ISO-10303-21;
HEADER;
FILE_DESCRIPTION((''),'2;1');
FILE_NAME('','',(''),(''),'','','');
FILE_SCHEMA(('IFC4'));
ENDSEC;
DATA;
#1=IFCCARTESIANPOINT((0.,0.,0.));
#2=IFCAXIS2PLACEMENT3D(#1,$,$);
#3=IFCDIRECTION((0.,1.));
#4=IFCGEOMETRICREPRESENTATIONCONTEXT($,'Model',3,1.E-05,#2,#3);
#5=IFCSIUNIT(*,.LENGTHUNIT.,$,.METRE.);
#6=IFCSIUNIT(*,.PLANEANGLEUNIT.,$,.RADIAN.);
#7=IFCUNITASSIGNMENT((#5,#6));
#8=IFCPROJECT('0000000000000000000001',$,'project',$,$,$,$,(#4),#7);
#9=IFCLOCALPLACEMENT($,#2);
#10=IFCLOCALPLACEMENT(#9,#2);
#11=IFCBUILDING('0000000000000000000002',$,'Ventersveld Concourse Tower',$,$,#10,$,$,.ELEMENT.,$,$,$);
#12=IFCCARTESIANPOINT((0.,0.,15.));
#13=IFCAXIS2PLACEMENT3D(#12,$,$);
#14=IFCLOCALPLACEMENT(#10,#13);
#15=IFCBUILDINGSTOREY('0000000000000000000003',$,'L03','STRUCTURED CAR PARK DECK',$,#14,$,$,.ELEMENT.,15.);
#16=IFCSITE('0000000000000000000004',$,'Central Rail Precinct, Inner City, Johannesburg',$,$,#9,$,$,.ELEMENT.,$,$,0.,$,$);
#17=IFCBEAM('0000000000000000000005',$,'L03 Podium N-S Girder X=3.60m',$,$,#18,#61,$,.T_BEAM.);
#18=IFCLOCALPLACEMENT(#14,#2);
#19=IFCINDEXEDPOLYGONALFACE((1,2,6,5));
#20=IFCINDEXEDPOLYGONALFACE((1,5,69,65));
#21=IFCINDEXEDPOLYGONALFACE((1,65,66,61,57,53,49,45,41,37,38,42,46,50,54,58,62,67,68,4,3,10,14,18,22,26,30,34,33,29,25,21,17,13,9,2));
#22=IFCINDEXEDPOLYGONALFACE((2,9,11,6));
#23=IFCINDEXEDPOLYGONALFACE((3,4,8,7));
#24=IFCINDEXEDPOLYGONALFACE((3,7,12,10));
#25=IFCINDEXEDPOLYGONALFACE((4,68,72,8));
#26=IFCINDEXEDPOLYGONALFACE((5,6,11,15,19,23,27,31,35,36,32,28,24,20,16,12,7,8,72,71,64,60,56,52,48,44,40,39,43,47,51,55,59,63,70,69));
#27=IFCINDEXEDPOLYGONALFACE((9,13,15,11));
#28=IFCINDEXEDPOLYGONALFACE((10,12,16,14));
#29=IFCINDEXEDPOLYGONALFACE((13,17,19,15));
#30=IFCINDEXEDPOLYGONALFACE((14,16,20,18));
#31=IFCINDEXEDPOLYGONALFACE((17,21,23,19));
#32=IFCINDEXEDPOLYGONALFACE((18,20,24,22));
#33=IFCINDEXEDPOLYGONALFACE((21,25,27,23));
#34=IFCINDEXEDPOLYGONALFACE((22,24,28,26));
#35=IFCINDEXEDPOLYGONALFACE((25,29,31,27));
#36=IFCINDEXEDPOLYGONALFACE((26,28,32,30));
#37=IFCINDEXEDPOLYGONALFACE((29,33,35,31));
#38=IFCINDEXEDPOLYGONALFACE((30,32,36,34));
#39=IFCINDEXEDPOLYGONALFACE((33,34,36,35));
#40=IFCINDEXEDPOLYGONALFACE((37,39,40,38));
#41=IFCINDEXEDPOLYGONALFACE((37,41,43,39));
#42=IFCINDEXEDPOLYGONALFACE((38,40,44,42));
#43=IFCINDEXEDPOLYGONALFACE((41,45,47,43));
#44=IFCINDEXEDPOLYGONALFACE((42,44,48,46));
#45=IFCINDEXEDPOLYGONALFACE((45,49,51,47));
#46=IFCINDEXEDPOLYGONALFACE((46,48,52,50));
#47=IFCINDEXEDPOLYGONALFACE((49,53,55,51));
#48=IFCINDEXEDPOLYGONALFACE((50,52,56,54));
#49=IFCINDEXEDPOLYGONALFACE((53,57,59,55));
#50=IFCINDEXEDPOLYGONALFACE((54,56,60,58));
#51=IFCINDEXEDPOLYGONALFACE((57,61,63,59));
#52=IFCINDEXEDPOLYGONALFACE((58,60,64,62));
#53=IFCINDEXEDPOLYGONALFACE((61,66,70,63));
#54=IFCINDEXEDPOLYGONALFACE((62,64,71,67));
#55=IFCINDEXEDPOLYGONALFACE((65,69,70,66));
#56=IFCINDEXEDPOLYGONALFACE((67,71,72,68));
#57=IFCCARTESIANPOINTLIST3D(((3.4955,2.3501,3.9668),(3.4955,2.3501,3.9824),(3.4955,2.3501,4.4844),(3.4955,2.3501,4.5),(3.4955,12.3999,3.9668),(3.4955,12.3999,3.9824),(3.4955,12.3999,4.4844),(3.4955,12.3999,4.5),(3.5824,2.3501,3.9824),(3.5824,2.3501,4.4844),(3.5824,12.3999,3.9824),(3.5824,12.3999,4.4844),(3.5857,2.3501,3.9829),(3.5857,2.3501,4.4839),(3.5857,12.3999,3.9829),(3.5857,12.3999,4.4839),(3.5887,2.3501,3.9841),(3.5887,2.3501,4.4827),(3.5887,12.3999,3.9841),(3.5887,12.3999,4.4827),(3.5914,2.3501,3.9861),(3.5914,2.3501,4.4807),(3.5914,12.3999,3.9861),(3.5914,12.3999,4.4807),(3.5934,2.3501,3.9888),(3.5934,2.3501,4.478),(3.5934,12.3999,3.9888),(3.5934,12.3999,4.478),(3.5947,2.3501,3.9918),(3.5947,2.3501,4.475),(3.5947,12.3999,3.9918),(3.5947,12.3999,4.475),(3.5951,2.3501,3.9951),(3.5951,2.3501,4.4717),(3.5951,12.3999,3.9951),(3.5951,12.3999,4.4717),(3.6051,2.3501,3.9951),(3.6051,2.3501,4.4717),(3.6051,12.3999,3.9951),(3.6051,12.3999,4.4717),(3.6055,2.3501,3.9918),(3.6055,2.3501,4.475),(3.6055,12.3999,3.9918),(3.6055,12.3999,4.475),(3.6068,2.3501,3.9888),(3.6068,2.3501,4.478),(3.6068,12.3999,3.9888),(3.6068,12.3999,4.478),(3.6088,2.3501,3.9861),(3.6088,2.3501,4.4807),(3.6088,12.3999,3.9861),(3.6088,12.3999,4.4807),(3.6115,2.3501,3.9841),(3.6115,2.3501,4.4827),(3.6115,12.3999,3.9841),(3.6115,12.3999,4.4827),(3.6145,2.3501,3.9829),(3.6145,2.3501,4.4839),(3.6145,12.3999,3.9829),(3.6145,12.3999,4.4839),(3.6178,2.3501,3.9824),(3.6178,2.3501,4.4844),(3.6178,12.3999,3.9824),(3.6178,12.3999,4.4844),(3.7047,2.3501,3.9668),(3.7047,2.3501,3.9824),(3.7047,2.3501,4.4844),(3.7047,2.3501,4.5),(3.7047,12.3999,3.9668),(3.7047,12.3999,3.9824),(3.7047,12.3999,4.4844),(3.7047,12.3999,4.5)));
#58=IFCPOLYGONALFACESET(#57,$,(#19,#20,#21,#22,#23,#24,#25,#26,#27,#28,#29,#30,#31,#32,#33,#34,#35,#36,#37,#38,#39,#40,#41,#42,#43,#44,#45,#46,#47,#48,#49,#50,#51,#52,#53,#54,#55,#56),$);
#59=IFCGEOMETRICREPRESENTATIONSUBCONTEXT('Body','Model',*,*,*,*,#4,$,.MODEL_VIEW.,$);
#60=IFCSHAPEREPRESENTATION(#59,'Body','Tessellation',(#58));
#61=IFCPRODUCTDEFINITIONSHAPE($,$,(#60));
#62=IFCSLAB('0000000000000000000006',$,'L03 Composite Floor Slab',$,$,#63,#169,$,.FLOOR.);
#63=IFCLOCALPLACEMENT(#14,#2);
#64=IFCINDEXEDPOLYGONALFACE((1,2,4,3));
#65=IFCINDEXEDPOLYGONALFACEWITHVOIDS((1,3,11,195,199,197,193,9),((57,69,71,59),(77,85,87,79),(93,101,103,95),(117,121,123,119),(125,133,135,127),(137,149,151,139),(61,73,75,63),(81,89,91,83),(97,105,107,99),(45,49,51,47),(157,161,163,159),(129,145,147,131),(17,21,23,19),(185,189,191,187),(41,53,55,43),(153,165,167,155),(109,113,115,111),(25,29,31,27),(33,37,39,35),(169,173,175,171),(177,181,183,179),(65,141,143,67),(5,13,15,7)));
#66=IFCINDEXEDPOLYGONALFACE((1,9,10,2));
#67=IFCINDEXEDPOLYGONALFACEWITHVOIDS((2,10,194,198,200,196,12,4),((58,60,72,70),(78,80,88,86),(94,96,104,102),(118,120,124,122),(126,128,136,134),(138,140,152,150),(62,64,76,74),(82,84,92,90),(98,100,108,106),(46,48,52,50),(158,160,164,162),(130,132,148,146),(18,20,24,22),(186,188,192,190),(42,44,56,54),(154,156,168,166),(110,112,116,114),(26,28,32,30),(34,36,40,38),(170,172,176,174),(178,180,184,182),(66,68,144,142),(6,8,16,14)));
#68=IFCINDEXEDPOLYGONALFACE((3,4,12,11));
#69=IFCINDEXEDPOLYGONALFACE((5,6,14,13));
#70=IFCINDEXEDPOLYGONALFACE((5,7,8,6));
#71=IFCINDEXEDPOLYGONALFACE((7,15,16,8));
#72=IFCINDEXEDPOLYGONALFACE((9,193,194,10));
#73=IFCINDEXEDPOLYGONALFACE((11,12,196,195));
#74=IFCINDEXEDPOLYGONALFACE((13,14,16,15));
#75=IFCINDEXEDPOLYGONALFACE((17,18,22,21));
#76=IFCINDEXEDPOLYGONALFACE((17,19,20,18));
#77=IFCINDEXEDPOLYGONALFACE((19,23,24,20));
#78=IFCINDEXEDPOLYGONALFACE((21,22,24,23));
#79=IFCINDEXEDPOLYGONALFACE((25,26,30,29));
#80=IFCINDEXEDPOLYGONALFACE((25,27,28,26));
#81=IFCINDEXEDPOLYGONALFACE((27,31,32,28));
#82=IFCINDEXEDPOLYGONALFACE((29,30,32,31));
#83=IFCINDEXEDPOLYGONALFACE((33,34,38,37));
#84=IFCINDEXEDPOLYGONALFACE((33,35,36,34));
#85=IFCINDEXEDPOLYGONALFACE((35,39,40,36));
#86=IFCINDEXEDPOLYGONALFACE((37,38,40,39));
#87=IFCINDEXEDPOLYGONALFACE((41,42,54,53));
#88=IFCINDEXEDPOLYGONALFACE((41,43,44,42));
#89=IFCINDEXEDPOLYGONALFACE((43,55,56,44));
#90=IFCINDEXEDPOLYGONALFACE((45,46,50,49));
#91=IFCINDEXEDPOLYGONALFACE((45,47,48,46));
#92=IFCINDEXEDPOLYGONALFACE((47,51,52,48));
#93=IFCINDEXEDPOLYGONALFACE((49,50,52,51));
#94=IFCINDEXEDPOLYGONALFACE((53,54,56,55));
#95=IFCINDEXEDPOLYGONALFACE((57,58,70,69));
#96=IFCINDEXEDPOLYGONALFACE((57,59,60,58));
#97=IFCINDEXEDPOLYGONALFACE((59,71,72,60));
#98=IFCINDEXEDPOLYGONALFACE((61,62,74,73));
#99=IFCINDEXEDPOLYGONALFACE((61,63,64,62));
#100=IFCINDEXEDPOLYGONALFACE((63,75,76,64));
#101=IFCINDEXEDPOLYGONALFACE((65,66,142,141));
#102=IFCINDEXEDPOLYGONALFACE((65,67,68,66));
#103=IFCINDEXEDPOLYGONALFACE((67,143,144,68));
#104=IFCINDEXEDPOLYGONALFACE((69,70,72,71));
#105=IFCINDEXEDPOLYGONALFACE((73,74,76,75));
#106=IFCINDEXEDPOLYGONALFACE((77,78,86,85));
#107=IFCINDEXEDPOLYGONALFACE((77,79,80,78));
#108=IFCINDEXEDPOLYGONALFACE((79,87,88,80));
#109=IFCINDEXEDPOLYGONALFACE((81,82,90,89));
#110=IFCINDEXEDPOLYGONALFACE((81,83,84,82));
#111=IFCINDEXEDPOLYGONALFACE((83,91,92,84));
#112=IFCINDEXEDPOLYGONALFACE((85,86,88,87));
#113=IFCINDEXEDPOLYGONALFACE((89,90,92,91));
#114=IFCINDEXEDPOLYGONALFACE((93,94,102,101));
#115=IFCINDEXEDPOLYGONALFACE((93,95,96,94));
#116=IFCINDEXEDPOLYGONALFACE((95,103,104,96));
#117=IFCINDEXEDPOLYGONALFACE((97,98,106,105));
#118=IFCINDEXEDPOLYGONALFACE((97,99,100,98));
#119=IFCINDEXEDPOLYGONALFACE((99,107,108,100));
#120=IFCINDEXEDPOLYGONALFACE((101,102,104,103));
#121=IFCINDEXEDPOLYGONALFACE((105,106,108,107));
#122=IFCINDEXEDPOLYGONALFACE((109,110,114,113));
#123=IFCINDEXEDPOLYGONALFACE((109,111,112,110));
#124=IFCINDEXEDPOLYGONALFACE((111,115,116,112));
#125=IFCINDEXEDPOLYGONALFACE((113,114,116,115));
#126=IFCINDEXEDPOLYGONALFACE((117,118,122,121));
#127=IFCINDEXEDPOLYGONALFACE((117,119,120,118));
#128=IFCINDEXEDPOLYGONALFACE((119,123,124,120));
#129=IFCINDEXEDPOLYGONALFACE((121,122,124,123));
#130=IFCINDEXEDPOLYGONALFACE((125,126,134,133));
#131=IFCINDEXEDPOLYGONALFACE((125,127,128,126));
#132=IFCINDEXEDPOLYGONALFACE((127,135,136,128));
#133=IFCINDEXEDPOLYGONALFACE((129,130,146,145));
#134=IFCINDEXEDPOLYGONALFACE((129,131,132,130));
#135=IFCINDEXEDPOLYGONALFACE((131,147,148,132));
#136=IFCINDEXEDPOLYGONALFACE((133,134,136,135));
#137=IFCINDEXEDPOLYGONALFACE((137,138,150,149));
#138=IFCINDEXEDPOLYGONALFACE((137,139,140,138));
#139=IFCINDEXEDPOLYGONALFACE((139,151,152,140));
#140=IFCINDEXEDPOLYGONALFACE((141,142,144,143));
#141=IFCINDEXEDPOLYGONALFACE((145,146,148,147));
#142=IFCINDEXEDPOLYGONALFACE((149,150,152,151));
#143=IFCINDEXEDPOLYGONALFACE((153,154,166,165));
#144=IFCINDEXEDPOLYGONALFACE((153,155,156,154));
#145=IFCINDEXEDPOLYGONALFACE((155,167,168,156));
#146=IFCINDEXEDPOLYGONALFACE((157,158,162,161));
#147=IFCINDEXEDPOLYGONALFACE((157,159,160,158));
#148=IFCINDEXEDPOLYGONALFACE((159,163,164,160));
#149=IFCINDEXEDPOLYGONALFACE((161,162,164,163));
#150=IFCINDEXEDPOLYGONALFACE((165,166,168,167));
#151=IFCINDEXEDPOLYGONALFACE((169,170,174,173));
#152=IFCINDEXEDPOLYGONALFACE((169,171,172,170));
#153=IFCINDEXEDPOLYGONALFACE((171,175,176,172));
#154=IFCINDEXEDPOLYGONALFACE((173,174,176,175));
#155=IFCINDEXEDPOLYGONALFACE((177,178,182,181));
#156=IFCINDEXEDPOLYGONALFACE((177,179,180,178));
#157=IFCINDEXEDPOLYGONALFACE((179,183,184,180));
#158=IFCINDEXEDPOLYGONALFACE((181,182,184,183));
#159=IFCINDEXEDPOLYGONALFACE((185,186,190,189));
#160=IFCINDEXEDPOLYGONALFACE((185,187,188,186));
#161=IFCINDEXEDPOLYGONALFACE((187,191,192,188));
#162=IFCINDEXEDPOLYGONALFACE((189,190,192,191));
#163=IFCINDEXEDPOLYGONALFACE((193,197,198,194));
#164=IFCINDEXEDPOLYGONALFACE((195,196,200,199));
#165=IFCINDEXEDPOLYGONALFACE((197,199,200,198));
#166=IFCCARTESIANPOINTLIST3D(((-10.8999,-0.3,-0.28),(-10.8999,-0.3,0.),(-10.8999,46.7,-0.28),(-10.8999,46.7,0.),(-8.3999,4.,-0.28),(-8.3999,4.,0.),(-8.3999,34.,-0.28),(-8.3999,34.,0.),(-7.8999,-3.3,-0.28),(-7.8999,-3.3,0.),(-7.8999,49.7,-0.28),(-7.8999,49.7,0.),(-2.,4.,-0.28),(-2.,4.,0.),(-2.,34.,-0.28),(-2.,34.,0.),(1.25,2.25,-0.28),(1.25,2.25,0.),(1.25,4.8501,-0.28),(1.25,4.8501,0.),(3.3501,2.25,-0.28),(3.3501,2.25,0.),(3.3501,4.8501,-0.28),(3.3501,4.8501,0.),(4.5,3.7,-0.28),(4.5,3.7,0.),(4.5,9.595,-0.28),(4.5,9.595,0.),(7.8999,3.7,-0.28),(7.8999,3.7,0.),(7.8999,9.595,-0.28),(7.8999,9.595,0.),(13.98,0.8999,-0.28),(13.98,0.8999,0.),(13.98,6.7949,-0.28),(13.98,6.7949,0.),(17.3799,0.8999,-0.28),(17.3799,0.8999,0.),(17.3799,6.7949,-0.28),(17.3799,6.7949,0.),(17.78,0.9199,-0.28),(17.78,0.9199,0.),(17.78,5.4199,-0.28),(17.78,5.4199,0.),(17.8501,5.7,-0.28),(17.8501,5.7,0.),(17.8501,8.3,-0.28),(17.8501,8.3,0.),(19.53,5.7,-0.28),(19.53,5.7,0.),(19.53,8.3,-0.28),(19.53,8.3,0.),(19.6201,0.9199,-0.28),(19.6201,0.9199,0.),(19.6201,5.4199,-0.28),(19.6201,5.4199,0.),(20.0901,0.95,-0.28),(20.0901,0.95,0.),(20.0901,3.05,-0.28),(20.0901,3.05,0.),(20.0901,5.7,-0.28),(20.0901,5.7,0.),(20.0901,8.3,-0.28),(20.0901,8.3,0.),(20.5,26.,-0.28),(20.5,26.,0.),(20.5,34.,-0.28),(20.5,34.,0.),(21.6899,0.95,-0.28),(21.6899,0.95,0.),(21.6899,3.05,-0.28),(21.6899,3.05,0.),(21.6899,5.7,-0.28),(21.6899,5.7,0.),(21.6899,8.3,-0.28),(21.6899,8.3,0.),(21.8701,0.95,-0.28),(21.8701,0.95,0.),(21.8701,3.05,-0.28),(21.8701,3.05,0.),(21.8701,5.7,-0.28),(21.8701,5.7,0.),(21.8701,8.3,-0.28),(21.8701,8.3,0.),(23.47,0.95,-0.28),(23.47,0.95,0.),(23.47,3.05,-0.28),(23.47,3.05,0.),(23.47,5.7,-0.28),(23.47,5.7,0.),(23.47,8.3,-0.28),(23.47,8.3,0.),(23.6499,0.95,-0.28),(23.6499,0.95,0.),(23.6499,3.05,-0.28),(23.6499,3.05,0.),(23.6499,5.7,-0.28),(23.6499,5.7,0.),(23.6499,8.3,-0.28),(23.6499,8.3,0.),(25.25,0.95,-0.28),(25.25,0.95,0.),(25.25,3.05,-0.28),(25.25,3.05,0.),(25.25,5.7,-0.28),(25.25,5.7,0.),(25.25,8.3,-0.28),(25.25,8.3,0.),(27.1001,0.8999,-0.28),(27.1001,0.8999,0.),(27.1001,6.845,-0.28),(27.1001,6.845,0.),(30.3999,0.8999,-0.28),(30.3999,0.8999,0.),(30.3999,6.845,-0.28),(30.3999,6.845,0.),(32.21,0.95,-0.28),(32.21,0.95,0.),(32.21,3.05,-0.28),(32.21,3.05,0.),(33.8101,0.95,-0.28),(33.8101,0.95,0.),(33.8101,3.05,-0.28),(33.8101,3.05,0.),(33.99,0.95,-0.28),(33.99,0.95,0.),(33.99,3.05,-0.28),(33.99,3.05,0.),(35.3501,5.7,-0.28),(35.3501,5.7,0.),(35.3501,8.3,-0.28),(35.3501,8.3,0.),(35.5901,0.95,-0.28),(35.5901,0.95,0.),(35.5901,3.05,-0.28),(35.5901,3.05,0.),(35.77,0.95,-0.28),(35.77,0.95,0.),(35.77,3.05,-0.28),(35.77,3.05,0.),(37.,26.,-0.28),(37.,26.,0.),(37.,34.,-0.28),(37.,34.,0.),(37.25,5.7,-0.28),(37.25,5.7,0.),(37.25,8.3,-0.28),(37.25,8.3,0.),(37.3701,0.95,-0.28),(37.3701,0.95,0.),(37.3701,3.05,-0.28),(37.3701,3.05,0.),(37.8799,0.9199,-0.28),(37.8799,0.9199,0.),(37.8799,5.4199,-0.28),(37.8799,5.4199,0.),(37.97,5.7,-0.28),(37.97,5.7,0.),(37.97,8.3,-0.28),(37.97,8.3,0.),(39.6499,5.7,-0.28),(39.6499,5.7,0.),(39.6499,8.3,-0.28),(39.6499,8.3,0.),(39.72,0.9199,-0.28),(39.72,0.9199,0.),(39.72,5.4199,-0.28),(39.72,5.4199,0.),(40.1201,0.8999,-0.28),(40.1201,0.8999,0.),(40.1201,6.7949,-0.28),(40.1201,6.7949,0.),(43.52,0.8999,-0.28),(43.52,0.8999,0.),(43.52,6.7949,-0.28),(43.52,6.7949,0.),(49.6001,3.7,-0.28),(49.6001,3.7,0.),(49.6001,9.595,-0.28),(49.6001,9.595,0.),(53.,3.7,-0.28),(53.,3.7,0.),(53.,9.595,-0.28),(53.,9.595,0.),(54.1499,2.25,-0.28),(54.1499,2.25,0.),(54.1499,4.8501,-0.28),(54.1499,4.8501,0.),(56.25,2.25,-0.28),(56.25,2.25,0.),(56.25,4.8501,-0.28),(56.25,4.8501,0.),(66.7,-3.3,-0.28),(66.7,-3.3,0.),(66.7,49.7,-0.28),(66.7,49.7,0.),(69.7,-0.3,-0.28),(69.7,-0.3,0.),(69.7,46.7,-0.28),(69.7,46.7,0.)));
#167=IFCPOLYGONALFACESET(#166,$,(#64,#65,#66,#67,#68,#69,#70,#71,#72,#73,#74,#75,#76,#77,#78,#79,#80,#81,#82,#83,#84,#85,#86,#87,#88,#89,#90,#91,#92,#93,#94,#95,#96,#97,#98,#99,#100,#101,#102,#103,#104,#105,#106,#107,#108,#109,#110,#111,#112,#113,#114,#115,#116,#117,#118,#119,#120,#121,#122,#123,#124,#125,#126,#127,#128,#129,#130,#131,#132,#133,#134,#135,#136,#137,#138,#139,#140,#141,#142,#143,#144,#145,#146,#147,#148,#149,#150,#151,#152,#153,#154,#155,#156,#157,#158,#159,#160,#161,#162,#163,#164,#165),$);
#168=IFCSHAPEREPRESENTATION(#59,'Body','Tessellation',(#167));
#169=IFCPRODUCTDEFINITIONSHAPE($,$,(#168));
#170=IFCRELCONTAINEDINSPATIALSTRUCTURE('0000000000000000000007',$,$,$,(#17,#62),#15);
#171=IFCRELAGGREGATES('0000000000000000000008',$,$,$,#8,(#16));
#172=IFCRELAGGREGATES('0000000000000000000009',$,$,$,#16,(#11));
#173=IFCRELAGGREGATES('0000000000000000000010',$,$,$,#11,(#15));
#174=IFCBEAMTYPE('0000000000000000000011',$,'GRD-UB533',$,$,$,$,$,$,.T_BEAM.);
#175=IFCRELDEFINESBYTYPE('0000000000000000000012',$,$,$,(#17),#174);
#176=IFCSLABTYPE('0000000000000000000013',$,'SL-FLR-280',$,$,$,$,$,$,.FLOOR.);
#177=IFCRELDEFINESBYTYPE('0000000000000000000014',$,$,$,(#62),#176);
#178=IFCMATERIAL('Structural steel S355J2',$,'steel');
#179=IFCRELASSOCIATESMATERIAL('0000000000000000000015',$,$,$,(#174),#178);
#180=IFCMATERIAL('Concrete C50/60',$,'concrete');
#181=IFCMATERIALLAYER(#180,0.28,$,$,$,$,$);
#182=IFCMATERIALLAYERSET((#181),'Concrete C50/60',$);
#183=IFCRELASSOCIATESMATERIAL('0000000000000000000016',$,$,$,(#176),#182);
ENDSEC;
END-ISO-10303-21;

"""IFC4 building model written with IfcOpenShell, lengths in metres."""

from ifc_helpers import new_model, si_unit, direction, frame, origin, origin_2d, place, context, subcontext, project, spatial, polyline, i_section, outline, extrude, material, layer, layer_set, material_profile, profile_set, type_object, element, save


model = new_model("IFC4")

# Units and contexts
model_context = context("Model", 3, precision=1e-05, world=origin(), true_north=direction((0.0, 1.0)))
body_context = subcontext(model_context, "Body", "Model", "MODEL_VIEW")
ifc_project = project(units=[si_unit("LENGTHUNIT", "METRE"), si_unit("PLANEANGLEUNIT", "RADIAN")], contexts=[model_context])

# Site, building, storey
site_placement = place(None, origin())
site = spatial("IfcSite", under=ifc_project, at=site_placement, Name="Central Rail Precinct, Inner City, Johannesburg", CompositionType="ELEMENT", RefElevation=0.0)
building_placement = place(site_placement, origin())
building = spatial("IfcBuilding", under=site, at=building_placement, Name="Ventersveld Concourse Tower", CompositionType="ELEMENT")
storey_placement = place(building_placement, frame((0.0, 0.0, 15.0)))
storey = spatial("IfcBuildingStorey", under=building, at=storey_placement, Name="L03", Description="STRUCTURED CAR PARK DECK", CompositionType="ELEMENT", Elevation=15.0)

# Beam
ifc_material_1 = material(Name="Structural steel S355J2", Category="steel")
ifc_material_profile_1 = material_profile(ifc_material_1, i_section(OverallWidth=0.2092, OverallDepth=0.5332, WebThickness=0.01, FlangeThickness=0.0156, FilletRadius=0.0127, at=origin_2d()), Name="UB 533x210x92")
ifc_profile_set_1 = profile_set([ifc_material_profile_1], Name="Structural steel S355J2")
beam_type = type_object("IfcBeamType", Name="GRD-UB533", PredefinedType="T_BEAM", material=ifc_profile_set_1)
beam_1_placement = place(storey_placement, frame((3.6001, 2.3501, 4.2334), z_axis=(0.0, 1.0, 0.0), x_axis=(-1.0, 0.0, 0.0)))
element("IfcBeam", 1, at=beam_1_placement, inside=storey, type_object=beam_type, Name="L03 Podium N-S Girder X=3.60m", PredefinedType="T_BEAM", context=body_context, shape_type="SweptSolid", body=[
    extrude(i_section(OverallWidth=0.2092, OverallDepth=0.5332, WebThickness=0.01, FlangeThickness=0.0156, FilletRadius=0.0127, at=origin_2d()), origin(), (0.0, 0.0, 1.0), 10.0498),
])

# Slab
ifc_material_2 = material(Name="Concrete C50/60", Category="concrete")
ifc_layer_1 = layer(ifc_material_2, 0.28)
ifc_layer_set_1 = layer_set([ifc_layer_1], Name="Concrete C50/60")
slab_type_1 = type_object("IfcSlabType", Name="SL-FLR-280", PredefinedType="FLOOR", material=ifc_layer_set_1)
slab_1_placement = place(storey_placement, frame((0.0, 0.0, -0.28)))
element("IfcSlab", 2, at=slab_1_placement, inside=storey, type_object=slab_type_1, Name="L03 Composite Floor Slab", PredefinedType="FLOOR", context=body_context, shape_type="SweptSolid", body=[
    extrude(outline(polyline([(-7.8999, -3.3), (66.7, -3.3), (69.7, -0.3), (69.7, 46.7), (66.7, 49.7), (-7.8999, 49.7), (-10.8999, 46.7), (-10.8999, -0.3), (-7.8999, -3.3)]), holes=[polyline([(13.98, 6.7949), (13.98, 0.8999), (17.3799, 0.8999), (17.3799, 6.7949), (13.98, 6.7949)]), polyline([(40.1201, 6.7949), (40.1201, 0.8999), (43.52, 0.8999), (43.52, 6.7949), (40.1201, 6.7949)]), polyline([(27.1001, 6.845), (27.1001, 0.8999), (30.3999, 0.8999), (30.3999, 6.845), (27.1001, 6.845)]), polyline([(4.5, 9.595), (4.5, 3.7), (7.8999, 3.7), (7.8999, 9.595), (4.5, 9.595)]), polyline([(49.6001, 9.595), (49.6001, 3.7), (53.0, 3.7), (53.0, 9.595), (49.6001, 9.595)]), polyline([(17.8501, 5.7), (19.53, 5.7), (19.53, 8.3), (17.8501, 8.3), (17.8501, 5.7)]), polyline([(37.97, 5.7), (39.6499, 5.7), (39.6499, 8.3), (37.97, 8.3), (37.97, 5.7)]), polyline([(35.3501, 5.7), (37.25, 5.7), (37.25, 8.3), (35.3501, 8.3), (35.3501, 5.7)]), polyline([(20.0901, 0.95), (21.6899, 0.95), (21.6899, 3.05), (20.0901, 3.05), (20.0901, 0.95)]), polyline([(21.8701, 0.95), (23.47, 0.95), (23.47, 3.05), (21.8701, 3.05), (21.8701, 0.95)]), polyline([(23.6499, 0.95), (25.25, 0.95), (25.25, 3.05), (23.6499, 3.05), (23.6499, 0.95)]), polyline([(32.21, 0.95), (33.8101, 0.95), (33.8101, 3.05), (32.21, 3.05), (32.21, 0.95)]), polyline([(33.99, 0.95), (35.5901, 0.95), (35.5901, 3.05), (33.99, 3.05), (33.99, 0.95)]), polyline([(35.77, 0.95), (37.3701, 0.95), (37.3701, 3.05), (35.77, 3.05), (35.77, 0.95)]), polyline([(20.0901, 5.7), (21.6899, 5.7), (21.6899, 8.3), (20.0901, 8.3), (20.0901, 5.7)]), polyline([(21.8701, 5.7), (23.47, 5.7), (23.47, 8.3), (21.8701, 8.3), (21.8701, 5.7)]), polyline([(23.6499, 5.7), (25.25, 5.7), (25.25, 8.3), (23.6499, 8.3), (23.6499, 5.7)]), polyline([(1.25, 2.25), (3.3501, 2.25), (3.3501, 4.8501), (1.25, 4.8501), (1.25, 2.25)]), polyline([(54.1499, 2.25), (56.25, 2.25), (56.25, 4.8501), (54.1499, 4.8501), (54.1499, 2.25)]), polyline([(17.78, 0.9199), (19.6201, 0.9199), (19.6201, 5.4199), (17.78, 5.4199), (17.78, 0.9199)]), polyline([(37.8799, 0.9199), (39.72, 0.9199), (39.72, 5.4199), (37.8799, 5.4199), (37.8799, 0.9199)]), polyline([(20.5, 26.0), (37.0, 26.0), (37.0, 34.0), (20.5, 34.0), (20.5, 26.0)]), polyline([(-8.3999, 4.0), (-2.0, 4.0), (-2.0, 34.0), (-8.3999, 34.0), (-8.3999, 4.0)])]), origin(), (0.0, 0.0, 1.0), 0.28),
])

save(model, "model.ifc")
